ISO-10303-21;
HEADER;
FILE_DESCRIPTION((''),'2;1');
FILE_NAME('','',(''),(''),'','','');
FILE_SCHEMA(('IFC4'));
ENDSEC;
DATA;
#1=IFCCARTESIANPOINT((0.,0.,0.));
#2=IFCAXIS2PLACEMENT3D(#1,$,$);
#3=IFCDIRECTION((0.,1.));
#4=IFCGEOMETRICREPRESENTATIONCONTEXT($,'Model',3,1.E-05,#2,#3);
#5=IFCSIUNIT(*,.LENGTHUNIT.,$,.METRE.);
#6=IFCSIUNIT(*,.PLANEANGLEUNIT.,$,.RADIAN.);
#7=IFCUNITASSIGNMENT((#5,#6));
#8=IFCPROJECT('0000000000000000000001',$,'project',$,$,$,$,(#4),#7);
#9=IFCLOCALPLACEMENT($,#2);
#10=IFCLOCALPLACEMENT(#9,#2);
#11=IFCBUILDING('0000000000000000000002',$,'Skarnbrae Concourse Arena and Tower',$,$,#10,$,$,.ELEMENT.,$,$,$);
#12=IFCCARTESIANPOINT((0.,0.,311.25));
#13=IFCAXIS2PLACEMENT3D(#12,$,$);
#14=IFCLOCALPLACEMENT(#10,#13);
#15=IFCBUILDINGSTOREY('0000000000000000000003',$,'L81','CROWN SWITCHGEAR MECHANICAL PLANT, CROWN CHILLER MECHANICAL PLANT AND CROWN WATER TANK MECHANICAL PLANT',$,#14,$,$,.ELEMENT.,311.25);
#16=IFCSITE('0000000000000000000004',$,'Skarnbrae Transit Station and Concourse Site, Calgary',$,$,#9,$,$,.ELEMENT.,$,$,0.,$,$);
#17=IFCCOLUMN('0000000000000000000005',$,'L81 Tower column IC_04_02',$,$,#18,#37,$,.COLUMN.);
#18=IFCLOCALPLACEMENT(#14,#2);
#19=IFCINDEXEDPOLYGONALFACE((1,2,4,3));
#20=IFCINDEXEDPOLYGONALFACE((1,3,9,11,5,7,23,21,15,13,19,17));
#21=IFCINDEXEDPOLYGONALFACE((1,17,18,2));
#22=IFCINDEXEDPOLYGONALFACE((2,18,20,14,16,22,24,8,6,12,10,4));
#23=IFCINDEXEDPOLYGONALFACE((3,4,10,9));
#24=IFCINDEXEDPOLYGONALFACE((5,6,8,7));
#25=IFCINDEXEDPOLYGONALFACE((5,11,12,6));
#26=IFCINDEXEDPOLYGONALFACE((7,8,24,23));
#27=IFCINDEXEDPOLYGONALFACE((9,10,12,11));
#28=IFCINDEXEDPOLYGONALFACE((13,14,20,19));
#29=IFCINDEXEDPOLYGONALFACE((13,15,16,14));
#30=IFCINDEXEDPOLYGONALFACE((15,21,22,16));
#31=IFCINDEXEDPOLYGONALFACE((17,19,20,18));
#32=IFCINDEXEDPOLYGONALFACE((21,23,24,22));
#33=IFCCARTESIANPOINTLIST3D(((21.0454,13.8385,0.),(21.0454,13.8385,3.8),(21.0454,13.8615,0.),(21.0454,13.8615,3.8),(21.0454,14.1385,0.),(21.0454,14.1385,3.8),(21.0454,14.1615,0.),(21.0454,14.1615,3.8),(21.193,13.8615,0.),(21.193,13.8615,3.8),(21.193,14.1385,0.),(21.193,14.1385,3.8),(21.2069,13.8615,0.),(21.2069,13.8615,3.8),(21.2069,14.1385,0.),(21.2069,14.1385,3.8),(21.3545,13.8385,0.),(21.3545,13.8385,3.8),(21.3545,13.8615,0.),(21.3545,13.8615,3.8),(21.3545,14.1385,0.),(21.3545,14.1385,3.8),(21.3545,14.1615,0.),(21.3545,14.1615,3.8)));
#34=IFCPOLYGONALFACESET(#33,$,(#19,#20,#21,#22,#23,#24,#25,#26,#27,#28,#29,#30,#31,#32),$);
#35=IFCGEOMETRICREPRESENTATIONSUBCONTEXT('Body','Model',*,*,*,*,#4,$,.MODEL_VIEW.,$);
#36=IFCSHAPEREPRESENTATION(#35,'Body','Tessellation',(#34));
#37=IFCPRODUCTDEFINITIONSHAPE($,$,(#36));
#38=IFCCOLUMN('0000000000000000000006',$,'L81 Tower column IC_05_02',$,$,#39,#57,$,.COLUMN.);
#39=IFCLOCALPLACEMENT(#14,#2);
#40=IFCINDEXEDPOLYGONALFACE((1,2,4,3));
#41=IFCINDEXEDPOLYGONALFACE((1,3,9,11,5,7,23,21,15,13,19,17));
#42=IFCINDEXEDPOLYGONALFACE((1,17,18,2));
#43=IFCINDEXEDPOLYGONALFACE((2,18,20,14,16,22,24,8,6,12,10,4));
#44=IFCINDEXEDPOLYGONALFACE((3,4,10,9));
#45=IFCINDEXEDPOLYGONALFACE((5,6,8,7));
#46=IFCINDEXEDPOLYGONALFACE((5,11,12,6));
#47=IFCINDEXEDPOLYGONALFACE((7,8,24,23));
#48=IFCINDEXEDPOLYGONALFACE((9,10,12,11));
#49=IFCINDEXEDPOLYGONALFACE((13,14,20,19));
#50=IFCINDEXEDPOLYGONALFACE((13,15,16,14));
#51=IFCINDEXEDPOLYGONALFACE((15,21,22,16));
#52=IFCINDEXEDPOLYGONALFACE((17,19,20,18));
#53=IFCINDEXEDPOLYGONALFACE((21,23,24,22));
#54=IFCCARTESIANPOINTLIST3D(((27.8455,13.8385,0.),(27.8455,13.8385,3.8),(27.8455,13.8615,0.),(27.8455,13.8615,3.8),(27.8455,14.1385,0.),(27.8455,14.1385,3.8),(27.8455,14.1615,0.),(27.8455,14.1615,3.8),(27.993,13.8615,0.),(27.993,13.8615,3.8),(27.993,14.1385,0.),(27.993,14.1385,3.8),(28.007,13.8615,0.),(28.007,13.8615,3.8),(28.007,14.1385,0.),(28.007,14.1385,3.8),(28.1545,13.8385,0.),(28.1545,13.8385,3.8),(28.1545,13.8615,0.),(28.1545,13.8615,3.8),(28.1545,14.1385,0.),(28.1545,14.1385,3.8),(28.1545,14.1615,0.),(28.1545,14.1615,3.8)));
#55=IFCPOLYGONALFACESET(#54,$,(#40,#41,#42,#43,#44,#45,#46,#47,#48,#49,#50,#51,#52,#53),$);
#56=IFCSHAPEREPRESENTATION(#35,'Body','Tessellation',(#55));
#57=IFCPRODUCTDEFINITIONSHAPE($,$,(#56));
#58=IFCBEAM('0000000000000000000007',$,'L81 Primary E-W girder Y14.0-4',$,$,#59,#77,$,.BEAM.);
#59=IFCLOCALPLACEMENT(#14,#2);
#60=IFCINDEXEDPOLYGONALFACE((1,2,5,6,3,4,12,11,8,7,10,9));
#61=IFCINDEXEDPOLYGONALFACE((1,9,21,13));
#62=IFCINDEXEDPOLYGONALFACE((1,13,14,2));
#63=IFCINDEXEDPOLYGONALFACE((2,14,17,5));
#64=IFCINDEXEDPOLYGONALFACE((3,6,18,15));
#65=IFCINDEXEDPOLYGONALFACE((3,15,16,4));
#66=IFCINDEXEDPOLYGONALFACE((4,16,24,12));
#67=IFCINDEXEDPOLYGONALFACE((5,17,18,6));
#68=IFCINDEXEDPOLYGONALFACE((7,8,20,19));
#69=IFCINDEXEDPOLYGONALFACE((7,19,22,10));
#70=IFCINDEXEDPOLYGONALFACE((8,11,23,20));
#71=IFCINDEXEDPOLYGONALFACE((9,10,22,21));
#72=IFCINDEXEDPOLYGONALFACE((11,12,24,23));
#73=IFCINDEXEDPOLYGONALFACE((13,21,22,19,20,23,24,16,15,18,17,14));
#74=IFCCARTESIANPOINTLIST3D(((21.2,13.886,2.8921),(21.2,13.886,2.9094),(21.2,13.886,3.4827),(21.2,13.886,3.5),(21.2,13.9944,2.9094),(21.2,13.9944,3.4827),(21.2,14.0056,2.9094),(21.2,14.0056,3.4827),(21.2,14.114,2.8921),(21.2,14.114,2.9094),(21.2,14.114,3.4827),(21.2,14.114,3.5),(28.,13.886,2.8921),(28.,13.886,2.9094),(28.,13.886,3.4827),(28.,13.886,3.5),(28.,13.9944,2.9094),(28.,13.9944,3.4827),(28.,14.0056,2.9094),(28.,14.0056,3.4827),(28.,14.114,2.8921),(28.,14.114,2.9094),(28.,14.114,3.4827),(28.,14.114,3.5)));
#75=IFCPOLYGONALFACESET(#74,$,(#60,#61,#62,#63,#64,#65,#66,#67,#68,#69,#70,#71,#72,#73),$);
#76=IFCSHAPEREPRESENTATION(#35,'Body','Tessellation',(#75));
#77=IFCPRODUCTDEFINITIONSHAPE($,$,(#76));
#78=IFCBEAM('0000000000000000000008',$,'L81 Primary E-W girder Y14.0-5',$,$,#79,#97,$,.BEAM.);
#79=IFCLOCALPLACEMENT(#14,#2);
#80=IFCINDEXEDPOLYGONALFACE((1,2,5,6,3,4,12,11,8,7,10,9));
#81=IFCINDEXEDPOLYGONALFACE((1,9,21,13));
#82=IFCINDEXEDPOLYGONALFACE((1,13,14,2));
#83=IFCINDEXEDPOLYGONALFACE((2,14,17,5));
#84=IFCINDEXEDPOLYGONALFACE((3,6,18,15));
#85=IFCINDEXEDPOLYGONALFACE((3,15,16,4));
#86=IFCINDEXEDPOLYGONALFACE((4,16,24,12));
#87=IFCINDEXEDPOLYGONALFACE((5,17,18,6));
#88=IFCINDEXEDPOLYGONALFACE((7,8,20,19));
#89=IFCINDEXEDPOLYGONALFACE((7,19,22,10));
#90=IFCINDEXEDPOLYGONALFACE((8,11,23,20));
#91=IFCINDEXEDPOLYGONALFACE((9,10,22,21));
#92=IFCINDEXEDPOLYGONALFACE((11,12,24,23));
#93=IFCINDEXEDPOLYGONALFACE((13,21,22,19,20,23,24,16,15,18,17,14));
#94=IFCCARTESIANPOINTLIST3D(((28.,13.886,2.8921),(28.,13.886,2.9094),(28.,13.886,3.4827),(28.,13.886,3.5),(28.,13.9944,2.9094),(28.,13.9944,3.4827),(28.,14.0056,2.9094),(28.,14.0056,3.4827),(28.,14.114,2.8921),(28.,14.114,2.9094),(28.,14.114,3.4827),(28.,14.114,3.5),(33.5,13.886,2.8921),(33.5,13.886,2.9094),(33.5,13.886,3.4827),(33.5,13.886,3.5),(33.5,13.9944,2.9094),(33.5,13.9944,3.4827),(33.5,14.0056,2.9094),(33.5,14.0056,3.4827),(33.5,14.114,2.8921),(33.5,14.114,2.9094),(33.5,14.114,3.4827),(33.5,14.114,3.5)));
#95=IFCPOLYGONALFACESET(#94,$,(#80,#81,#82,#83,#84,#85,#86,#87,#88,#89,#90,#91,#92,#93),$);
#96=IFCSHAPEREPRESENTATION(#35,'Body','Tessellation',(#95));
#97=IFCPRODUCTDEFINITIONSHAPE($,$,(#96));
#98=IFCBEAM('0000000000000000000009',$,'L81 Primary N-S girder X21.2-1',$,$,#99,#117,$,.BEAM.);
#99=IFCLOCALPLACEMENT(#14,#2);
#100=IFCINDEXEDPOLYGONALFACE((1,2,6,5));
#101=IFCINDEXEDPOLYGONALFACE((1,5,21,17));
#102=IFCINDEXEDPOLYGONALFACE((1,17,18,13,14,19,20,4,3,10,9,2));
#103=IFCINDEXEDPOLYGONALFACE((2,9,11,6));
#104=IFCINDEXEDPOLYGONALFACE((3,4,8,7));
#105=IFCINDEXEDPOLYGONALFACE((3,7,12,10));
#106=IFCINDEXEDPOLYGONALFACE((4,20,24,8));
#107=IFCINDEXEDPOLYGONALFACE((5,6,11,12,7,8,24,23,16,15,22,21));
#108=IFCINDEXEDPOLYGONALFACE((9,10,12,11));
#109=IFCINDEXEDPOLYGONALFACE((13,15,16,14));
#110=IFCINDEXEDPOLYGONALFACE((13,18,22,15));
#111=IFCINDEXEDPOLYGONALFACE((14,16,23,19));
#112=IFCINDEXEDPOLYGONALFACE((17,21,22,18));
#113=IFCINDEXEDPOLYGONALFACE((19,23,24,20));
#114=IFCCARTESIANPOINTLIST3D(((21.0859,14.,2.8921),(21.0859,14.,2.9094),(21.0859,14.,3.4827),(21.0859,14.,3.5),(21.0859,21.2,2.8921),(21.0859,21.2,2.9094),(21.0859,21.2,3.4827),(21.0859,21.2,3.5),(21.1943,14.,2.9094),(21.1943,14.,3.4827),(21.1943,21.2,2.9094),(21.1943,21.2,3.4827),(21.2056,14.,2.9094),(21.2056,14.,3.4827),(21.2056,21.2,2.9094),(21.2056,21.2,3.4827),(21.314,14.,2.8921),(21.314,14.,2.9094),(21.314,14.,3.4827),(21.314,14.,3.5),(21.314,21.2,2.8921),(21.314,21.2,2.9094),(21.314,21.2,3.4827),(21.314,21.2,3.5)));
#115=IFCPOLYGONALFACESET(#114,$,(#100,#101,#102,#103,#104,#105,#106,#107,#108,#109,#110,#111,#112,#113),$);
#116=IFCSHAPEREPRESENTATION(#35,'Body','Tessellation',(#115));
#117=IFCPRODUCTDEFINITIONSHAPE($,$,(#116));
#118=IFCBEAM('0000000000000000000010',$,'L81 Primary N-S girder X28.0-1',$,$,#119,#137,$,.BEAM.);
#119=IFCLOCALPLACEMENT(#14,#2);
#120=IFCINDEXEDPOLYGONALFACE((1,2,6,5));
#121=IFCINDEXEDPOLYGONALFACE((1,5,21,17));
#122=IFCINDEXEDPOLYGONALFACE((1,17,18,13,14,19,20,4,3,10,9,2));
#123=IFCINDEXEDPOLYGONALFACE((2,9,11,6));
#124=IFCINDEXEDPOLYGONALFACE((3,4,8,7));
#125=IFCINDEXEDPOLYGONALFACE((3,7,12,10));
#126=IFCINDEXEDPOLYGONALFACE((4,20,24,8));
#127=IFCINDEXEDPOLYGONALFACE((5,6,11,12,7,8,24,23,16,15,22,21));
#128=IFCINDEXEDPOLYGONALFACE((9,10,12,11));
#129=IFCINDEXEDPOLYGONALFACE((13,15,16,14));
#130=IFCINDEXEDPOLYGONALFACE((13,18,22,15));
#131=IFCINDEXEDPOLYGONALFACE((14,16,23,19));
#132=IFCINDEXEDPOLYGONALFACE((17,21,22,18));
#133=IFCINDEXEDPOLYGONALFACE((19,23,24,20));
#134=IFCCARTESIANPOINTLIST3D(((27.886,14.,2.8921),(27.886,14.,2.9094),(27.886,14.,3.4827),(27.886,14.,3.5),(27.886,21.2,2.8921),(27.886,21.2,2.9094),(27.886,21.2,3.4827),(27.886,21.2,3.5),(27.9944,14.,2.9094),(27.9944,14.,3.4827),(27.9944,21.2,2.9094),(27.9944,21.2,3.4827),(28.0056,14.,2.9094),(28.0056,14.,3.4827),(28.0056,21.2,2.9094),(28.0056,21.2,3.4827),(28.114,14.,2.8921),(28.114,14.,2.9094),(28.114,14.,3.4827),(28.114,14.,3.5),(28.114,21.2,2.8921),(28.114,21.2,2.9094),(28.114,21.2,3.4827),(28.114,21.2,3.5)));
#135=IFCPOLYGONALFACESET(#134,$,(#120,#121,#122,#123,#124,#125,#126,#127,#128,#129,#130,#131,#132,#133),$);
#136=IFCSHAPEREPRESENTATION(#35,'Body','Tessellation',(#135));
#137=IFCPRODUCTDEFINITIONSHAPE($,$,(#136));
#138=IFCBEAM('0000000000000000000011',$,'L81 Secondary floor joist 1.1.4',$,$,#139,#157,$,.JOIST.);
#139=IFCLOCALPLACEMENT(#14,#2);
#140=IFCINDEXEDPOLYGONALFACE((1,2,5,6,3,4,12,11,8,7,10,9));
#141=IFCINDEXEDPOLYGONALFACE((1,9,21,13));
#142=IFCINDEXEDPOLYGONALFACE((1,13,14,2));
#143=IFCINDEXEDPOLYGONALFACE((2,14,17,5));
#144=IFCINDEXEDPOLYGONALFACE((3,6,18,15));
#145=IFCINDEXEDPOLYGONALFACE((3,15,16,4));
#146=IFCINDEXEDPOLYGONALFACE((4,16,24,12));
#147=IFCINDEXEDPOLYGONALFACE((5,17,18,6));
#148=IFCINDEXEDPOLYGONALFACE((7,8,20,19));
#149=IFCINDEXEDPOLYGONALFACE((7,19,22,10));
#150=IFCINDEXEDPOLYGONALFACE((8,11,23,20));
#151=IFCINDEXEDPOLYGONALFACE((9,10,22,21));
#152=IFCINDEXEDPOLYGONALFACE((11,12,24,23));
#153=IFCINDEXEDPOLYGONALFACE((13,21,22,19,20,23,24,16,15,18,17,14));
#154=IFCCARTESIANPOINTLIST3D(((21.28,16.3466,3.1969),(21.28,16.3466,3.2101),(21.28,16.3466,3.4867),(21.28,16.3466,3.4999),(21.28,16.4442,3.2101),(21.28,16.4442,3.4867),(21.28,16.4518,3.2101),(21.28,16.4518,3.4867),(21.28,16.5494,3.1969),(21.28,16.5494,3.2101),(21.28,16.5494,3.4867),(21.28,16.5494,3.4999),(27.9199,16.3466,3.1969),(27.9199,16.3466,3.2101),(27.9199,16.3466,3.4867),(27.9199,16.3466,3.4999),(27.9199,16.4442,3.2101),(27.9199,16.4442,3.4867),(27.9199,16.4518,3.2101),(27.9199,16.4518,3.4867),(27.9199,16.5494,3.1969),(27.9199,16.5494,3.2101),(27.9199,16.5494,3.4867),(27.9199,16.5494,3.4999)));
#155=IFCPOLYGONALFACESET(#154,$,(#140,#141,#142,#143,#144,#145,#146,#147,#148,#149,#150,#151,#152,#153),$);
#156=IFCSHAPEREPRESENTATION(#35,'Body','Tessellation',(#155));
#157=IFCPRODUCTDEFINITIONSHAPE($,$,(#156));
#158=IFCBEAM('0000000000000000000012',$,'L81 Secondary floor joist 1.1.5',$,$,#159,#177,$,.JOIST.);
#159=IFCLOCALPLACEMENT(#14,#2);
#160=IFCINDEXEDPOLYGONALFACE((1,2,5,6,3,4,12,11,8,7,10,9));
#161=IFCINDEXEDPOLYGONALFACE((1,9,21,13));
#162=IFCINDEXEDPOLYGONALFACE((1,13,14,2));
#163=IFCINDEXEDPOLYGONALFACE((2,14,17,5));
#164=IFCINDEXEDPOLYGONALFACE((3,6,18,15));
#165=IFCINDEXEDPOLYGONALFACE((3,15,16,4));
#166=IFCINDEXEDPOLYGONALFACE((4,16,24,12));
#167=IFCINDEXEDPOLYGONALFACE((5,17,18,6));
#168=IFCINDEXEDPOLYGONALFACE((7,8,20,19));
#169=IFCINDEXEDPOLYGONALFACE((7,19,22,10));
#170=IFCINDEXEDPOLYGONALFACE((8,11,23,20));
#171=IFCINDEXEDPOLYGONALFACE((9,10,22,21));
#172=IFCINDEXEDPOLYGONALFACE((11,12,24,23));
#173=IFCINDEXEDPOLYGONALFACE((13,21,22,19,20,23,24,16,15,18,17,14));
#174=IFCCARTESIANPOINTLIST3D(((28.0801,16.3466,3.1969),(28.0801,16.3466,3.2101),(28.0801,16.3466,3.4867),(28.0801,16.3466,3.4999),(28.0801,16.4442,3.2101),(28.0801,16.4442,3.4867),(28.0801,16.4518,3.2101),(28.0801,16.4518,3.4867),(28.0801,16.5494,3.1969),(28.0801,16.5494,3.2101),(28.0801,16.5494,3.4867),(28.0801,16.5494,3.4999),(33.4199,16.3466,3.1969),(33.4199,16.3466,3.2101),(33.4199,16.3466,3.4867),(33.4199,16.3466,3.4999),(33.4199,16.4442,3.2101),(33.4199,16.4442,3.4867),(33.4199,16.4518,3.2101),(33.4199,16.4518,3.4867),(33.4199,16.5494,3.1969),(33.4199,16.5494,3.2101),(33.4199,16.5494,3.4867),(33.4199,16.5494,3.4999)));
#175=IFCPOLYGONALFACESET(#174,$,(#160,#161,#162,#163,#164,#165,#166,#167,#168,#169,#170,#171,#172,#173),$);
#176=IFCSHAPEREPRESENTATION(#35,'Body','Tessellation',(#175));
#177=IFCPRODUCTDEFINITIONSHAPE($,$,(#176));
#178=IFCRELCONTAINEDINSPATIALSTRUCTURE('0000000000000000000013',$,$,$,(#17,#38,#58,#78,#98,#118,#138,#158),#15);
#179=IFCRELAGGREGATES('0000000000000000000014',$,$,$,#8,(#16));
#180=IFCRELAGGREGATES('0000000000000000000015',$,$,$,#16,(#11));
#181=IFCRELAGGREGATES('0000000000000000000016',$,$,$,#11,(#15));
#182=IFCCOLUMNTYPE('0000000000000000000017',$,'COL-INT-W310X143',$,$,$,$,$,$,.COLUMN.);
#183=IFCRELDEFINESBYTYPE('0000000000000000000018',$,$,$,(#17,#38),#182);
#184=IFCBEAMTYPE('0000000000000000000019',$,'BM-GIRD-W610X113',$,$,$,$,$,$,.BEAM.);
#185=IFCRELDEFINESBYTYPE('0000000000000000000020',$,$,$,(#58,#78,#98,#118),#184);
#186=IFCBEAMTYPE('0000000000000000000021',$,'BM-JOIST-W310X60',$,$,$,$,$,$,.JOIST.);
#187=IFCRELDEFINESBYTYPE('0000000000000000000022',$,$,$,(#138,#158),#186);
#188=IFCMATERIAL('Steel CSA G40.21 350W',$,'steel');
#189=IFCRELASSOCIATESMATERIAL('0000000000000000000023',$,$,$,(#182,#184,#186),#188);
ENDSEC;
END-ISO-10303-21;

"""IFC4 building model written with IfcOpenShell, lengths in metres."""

from ifc_helpers import new_model, si_unit, direction, frame, origin, origin_2d, place, context, subcontext, project, spatial, i_section, extrude, source, transform, mapped, material, material_profile, profile_set, type_object, element, save


model = new_model("IFC4")

# Units and contexts
model_context = context("Model", 3, precision=1e-05, world=origin(), true_north=direction((0.0, 1.0)))
body_context = subcontext(model_context, "Body", "Model", "MODEL_VIEW")
ifc_project = project(units=[si_unit("LENGTHUNIT", "METRE"), si_unit("PLANEANGLEUNIT", "RADIAN")], contexts=[model_context])

# Site, building, storey
site_placement = place(None, origin())
site = spatial("IfcSite", under=ifc_project, at=site_placement, Name="Skarnbrae Transit Station and Concourse Site, Calgary", CompositionType="ELEMENT", RefElevation=0.0)
building_placement = place(site_placement, origin())
building = spatial("IfcBuilding", under=site, at=building_placement, Name="Skarnbrae Concourse Arena and Tower", CompositionType="ELEMENT")
storey_placement = place(building_placement, frame((0.0, 0.0, 311.25)))
storey = spatial("IfcBuildingStorey", under=building, at=storey_placement, Name="L81", Description="CROWN SWITCHGEAR MECHANICAL PLANT, CROWN CHILLER MECHANICAL PLANT AND CROWN WATER TANK MECHANICAL PLANT", CompositionType="ELEMENT", Elevation=311.25)

# Columns
ifc_material_1 = material(Name="Steel CSA G40.21 350W", Category="steel")
ifc_material_profile_1 = material_profile(ifc_material_1, i_section(OverallWidth=0.3091, OverallDepth=0.323, WebThickness=0.0139, FlangeThickness=0.0229, at=origin_2d()), Name="W310X143")
ifc_profile_set_1 = profile_set([ifc_material_profile_1], Name="Steel CSA G40.21 350W")
column_type = type_object("IfcColumnType", Name="COL-INT-W310X143", PredefinedType="COLUMN", material=ifc_profile_set_1)
shared_shape_1 = source(origin(), body_context, "Body", "SweptSolid", [
    extrude(i_section(OverallWidth=0.3091, OverallDepth=0.323, WebThickness=0.0139, FlangeThickness=0.0229, at=origin_2d()), origin(), (0.0, 0.0, 1.0), 3.8),
])
for number, where, z_axis, x_axis, name in (
    (1, (21.2, 14.0, 0.0), (0.0, 0.0, 1.0), (1.0, 0.0, 0.0), "L81 Tower column IC_04_02"),
    (2, (28.0, 14.0, 0.0), (0.0, 0.0, 1.0), (1.0, 0.0, 0.0), "L81 Tower column IC_05_02"),
):
    element("IfcColumn", number, at=place(storey_placement, frame(where, z_axis=z_axis, x_axis=x_axis)), inside=storey, type_object=column_type, Name=name, PredefinedType="COLUMN", context=body_context, shape_type="MappedRepresentation", body=[
        mapped(shared_shape_1, transform((0.0, 0.0, 0.0))),
    ])

# Beams
ifc_material_profile_2 = material_profile(ifc_material_1, i_section(OverallWidth=0.228, OverallDepth=0.6079, WebThickness=0.0112, FlangeThickness=0.0173, at=origin_2d()), Name="W610X113")
ifc_profile_set_2 = profile_set([ifc_material_profile_2], Name="Steel CSA G40.21 350W")
beam_type_1 = type_object("IfcBeamType", Name="BM-GIRD-W610X113", PredefinedType="BEAM", material=ifc_profile_set_2)
shared_shape_2 = source(origin(), body_context, "Body", "SweptSolid", [
    extrude(i_section(OverallWidth=0.228, OverallDepth=0.6079, WebThickness=0.0112, FlangeThickness=0.0173, at=origin_2d()), origin(), (0.0, 0.0, 1.0), 6.8),
])
beam_1_placement = place(storey_placement, frame((21.2, 14.0, 3.196), z_axis=(1.0, 0.0, 0.0), x_axis=(0.0, 1.0, 0.0)))
element("IfcBeam", 3, at=beam_1_placement, inside=storey, type_object=beam_type_1, Name="L81 Primary E-W girder Y14.0-4", PredefinedType="BEAM", context=body_context, shape_type="MappedRepresentation", body=[
    mapped(shared_shape_2, transform((0.0, 0.0, 0.0))),
])
shared_shape_3 = source(origin(), body_context, "Body", "SweptSolid", [
    extrude(i_section(OverallWidth=0.228, OverallDepth=0.6079, WebThickness=0.0112, FlangeThickness=0.0173, at=origin_2d()), origin(), (0.0, 0.0, 1.0), 5.5),
])
beam_2_placement = place(storey_placement, frame((28.0, 14.0, 3.196), z_axis=(1.0, 0.0, 0.0), x_axis=(0.0, 1.0, 0.0)))
element("IfcBeam", 4, at=beam_2_placement, inside=storey, type_object=beam_type_1, Name="L81 Primary E-W girder Y14.0-5", PredefinedType="BEAM", context=body_context, shape_type="MappedRepresentation", body=[
    mapped(shared_shape_3, transform((0.0, 0.0, 0.0))),
])
shared_shape_4 = source(origin(), body_context, "Body", "SweptSolid", [
    extrude(i_section(OverallWidth=0.228, OverallDepth=0.6079, WebThickness=0.0112, FlangeThickness=0.0173, at=origin_2d()), origin(), (0.0, 0.0, 1.0), 7.2),
])
for number, where, z_axis, x_axis, name in (
    (5, (21.2, 14.0, 3.196), (0.0, 1.0, 0.0), (-1.0, 0.0, 0.0), "L81 Primary N-S girder X21.2-1"),
    (6, (28.0, 14.0, 3.196), (0.0, 1.0, 0.0), (-1.0, 0.0, 0.0), "L81 Primary N-S girder X28.0-1"),
):
    element("IfcBeam", number, at=place(storey_placement, frame(where, z_axis=z_axis, x_axis=x_axis)), inside=storey, type_object=beam_type_1, Name=name, PredefinedType="BEAM", context=body_context, shape_type="MappedRepresentation", body=[
        mapped(shared_shape_4, transform((0.0, 0.0, 0.0))),
    ])
ifc_material_profile_3 = material_profile(ifc_material_1, i_section(OverallWidth=0.2029, OverallDepth=0.303, WebThickness=0.0076, FlangeThickness=0.0132, at=origin_2d()), Name="W310X60")
ifc_profile_set_3 = profile_set([ifc_material_profile_3], Name="Steel CSA G40.21 350W")
beam_type_2 = type_object("IfcBeamType", Name="BM-JOIST-W310X60", PredefinedType="JOIST", material=ifc_profile_set_3)
shared_shape_5 = source(origin(), body_context, "Body", "SweptSolid", [
    extrude(i_section(OverallWidth=0.2029, OverallDepth=0.303, WebThickness=0.0076, FlangeThickness=0.0132, at=origin_2d()), origin(), (0.0, 0.0, 1.0), 6.6399),
])
beam_3_placement = place(storey_placement, frame((21.28, 16.448, 3.3484), z_axis=(1.0, 0.0, 0.0), x_axis=(0.0, 1.0, 0.0)))
element("IfcBeam", 7, at=beam_3_placement, inside=storey, type_object=beam_type_2, Name="L81 Secondary floor joist 1.1.4", PredefinedType="JOIST", context=body_context, shape_type="MappedRepresentation", body=[
    mapped(shared_shape_5, transform((0.0, 0.0, 0.0))),
])
shared_shape_6 = source(origin(), body_context, "Body", "SweptSolid", [
    extrude(i_section(OverallWidth=0.2029, OverallDepth=0.303, WebThickness=0.0076, FlangeThickness=0.0132, at=origin_2d()), origin(), (0.0, 0.0, 1.0), 5.3398),
])
beam_4_placement = place(storey_placement, frame((28.0801, 16.448, 3.3484), z_axis=(1.0, 0.0, 0.0), x_axis=(0.0, 1.0, 0.0)))
element("IfcBeam", 8, at=beam_4_placement, inside=storey, type_object=beam_type_2, Name="L81 Secondary floor joist 1.1.5", PredefinedType="JOIST", context=body_context, shape_type="MappedRepresentation", body=[
    mapped(shared_shape_6, transform((0.0, 0.0, 0.0))),
])

save(model, "model.ifc")
